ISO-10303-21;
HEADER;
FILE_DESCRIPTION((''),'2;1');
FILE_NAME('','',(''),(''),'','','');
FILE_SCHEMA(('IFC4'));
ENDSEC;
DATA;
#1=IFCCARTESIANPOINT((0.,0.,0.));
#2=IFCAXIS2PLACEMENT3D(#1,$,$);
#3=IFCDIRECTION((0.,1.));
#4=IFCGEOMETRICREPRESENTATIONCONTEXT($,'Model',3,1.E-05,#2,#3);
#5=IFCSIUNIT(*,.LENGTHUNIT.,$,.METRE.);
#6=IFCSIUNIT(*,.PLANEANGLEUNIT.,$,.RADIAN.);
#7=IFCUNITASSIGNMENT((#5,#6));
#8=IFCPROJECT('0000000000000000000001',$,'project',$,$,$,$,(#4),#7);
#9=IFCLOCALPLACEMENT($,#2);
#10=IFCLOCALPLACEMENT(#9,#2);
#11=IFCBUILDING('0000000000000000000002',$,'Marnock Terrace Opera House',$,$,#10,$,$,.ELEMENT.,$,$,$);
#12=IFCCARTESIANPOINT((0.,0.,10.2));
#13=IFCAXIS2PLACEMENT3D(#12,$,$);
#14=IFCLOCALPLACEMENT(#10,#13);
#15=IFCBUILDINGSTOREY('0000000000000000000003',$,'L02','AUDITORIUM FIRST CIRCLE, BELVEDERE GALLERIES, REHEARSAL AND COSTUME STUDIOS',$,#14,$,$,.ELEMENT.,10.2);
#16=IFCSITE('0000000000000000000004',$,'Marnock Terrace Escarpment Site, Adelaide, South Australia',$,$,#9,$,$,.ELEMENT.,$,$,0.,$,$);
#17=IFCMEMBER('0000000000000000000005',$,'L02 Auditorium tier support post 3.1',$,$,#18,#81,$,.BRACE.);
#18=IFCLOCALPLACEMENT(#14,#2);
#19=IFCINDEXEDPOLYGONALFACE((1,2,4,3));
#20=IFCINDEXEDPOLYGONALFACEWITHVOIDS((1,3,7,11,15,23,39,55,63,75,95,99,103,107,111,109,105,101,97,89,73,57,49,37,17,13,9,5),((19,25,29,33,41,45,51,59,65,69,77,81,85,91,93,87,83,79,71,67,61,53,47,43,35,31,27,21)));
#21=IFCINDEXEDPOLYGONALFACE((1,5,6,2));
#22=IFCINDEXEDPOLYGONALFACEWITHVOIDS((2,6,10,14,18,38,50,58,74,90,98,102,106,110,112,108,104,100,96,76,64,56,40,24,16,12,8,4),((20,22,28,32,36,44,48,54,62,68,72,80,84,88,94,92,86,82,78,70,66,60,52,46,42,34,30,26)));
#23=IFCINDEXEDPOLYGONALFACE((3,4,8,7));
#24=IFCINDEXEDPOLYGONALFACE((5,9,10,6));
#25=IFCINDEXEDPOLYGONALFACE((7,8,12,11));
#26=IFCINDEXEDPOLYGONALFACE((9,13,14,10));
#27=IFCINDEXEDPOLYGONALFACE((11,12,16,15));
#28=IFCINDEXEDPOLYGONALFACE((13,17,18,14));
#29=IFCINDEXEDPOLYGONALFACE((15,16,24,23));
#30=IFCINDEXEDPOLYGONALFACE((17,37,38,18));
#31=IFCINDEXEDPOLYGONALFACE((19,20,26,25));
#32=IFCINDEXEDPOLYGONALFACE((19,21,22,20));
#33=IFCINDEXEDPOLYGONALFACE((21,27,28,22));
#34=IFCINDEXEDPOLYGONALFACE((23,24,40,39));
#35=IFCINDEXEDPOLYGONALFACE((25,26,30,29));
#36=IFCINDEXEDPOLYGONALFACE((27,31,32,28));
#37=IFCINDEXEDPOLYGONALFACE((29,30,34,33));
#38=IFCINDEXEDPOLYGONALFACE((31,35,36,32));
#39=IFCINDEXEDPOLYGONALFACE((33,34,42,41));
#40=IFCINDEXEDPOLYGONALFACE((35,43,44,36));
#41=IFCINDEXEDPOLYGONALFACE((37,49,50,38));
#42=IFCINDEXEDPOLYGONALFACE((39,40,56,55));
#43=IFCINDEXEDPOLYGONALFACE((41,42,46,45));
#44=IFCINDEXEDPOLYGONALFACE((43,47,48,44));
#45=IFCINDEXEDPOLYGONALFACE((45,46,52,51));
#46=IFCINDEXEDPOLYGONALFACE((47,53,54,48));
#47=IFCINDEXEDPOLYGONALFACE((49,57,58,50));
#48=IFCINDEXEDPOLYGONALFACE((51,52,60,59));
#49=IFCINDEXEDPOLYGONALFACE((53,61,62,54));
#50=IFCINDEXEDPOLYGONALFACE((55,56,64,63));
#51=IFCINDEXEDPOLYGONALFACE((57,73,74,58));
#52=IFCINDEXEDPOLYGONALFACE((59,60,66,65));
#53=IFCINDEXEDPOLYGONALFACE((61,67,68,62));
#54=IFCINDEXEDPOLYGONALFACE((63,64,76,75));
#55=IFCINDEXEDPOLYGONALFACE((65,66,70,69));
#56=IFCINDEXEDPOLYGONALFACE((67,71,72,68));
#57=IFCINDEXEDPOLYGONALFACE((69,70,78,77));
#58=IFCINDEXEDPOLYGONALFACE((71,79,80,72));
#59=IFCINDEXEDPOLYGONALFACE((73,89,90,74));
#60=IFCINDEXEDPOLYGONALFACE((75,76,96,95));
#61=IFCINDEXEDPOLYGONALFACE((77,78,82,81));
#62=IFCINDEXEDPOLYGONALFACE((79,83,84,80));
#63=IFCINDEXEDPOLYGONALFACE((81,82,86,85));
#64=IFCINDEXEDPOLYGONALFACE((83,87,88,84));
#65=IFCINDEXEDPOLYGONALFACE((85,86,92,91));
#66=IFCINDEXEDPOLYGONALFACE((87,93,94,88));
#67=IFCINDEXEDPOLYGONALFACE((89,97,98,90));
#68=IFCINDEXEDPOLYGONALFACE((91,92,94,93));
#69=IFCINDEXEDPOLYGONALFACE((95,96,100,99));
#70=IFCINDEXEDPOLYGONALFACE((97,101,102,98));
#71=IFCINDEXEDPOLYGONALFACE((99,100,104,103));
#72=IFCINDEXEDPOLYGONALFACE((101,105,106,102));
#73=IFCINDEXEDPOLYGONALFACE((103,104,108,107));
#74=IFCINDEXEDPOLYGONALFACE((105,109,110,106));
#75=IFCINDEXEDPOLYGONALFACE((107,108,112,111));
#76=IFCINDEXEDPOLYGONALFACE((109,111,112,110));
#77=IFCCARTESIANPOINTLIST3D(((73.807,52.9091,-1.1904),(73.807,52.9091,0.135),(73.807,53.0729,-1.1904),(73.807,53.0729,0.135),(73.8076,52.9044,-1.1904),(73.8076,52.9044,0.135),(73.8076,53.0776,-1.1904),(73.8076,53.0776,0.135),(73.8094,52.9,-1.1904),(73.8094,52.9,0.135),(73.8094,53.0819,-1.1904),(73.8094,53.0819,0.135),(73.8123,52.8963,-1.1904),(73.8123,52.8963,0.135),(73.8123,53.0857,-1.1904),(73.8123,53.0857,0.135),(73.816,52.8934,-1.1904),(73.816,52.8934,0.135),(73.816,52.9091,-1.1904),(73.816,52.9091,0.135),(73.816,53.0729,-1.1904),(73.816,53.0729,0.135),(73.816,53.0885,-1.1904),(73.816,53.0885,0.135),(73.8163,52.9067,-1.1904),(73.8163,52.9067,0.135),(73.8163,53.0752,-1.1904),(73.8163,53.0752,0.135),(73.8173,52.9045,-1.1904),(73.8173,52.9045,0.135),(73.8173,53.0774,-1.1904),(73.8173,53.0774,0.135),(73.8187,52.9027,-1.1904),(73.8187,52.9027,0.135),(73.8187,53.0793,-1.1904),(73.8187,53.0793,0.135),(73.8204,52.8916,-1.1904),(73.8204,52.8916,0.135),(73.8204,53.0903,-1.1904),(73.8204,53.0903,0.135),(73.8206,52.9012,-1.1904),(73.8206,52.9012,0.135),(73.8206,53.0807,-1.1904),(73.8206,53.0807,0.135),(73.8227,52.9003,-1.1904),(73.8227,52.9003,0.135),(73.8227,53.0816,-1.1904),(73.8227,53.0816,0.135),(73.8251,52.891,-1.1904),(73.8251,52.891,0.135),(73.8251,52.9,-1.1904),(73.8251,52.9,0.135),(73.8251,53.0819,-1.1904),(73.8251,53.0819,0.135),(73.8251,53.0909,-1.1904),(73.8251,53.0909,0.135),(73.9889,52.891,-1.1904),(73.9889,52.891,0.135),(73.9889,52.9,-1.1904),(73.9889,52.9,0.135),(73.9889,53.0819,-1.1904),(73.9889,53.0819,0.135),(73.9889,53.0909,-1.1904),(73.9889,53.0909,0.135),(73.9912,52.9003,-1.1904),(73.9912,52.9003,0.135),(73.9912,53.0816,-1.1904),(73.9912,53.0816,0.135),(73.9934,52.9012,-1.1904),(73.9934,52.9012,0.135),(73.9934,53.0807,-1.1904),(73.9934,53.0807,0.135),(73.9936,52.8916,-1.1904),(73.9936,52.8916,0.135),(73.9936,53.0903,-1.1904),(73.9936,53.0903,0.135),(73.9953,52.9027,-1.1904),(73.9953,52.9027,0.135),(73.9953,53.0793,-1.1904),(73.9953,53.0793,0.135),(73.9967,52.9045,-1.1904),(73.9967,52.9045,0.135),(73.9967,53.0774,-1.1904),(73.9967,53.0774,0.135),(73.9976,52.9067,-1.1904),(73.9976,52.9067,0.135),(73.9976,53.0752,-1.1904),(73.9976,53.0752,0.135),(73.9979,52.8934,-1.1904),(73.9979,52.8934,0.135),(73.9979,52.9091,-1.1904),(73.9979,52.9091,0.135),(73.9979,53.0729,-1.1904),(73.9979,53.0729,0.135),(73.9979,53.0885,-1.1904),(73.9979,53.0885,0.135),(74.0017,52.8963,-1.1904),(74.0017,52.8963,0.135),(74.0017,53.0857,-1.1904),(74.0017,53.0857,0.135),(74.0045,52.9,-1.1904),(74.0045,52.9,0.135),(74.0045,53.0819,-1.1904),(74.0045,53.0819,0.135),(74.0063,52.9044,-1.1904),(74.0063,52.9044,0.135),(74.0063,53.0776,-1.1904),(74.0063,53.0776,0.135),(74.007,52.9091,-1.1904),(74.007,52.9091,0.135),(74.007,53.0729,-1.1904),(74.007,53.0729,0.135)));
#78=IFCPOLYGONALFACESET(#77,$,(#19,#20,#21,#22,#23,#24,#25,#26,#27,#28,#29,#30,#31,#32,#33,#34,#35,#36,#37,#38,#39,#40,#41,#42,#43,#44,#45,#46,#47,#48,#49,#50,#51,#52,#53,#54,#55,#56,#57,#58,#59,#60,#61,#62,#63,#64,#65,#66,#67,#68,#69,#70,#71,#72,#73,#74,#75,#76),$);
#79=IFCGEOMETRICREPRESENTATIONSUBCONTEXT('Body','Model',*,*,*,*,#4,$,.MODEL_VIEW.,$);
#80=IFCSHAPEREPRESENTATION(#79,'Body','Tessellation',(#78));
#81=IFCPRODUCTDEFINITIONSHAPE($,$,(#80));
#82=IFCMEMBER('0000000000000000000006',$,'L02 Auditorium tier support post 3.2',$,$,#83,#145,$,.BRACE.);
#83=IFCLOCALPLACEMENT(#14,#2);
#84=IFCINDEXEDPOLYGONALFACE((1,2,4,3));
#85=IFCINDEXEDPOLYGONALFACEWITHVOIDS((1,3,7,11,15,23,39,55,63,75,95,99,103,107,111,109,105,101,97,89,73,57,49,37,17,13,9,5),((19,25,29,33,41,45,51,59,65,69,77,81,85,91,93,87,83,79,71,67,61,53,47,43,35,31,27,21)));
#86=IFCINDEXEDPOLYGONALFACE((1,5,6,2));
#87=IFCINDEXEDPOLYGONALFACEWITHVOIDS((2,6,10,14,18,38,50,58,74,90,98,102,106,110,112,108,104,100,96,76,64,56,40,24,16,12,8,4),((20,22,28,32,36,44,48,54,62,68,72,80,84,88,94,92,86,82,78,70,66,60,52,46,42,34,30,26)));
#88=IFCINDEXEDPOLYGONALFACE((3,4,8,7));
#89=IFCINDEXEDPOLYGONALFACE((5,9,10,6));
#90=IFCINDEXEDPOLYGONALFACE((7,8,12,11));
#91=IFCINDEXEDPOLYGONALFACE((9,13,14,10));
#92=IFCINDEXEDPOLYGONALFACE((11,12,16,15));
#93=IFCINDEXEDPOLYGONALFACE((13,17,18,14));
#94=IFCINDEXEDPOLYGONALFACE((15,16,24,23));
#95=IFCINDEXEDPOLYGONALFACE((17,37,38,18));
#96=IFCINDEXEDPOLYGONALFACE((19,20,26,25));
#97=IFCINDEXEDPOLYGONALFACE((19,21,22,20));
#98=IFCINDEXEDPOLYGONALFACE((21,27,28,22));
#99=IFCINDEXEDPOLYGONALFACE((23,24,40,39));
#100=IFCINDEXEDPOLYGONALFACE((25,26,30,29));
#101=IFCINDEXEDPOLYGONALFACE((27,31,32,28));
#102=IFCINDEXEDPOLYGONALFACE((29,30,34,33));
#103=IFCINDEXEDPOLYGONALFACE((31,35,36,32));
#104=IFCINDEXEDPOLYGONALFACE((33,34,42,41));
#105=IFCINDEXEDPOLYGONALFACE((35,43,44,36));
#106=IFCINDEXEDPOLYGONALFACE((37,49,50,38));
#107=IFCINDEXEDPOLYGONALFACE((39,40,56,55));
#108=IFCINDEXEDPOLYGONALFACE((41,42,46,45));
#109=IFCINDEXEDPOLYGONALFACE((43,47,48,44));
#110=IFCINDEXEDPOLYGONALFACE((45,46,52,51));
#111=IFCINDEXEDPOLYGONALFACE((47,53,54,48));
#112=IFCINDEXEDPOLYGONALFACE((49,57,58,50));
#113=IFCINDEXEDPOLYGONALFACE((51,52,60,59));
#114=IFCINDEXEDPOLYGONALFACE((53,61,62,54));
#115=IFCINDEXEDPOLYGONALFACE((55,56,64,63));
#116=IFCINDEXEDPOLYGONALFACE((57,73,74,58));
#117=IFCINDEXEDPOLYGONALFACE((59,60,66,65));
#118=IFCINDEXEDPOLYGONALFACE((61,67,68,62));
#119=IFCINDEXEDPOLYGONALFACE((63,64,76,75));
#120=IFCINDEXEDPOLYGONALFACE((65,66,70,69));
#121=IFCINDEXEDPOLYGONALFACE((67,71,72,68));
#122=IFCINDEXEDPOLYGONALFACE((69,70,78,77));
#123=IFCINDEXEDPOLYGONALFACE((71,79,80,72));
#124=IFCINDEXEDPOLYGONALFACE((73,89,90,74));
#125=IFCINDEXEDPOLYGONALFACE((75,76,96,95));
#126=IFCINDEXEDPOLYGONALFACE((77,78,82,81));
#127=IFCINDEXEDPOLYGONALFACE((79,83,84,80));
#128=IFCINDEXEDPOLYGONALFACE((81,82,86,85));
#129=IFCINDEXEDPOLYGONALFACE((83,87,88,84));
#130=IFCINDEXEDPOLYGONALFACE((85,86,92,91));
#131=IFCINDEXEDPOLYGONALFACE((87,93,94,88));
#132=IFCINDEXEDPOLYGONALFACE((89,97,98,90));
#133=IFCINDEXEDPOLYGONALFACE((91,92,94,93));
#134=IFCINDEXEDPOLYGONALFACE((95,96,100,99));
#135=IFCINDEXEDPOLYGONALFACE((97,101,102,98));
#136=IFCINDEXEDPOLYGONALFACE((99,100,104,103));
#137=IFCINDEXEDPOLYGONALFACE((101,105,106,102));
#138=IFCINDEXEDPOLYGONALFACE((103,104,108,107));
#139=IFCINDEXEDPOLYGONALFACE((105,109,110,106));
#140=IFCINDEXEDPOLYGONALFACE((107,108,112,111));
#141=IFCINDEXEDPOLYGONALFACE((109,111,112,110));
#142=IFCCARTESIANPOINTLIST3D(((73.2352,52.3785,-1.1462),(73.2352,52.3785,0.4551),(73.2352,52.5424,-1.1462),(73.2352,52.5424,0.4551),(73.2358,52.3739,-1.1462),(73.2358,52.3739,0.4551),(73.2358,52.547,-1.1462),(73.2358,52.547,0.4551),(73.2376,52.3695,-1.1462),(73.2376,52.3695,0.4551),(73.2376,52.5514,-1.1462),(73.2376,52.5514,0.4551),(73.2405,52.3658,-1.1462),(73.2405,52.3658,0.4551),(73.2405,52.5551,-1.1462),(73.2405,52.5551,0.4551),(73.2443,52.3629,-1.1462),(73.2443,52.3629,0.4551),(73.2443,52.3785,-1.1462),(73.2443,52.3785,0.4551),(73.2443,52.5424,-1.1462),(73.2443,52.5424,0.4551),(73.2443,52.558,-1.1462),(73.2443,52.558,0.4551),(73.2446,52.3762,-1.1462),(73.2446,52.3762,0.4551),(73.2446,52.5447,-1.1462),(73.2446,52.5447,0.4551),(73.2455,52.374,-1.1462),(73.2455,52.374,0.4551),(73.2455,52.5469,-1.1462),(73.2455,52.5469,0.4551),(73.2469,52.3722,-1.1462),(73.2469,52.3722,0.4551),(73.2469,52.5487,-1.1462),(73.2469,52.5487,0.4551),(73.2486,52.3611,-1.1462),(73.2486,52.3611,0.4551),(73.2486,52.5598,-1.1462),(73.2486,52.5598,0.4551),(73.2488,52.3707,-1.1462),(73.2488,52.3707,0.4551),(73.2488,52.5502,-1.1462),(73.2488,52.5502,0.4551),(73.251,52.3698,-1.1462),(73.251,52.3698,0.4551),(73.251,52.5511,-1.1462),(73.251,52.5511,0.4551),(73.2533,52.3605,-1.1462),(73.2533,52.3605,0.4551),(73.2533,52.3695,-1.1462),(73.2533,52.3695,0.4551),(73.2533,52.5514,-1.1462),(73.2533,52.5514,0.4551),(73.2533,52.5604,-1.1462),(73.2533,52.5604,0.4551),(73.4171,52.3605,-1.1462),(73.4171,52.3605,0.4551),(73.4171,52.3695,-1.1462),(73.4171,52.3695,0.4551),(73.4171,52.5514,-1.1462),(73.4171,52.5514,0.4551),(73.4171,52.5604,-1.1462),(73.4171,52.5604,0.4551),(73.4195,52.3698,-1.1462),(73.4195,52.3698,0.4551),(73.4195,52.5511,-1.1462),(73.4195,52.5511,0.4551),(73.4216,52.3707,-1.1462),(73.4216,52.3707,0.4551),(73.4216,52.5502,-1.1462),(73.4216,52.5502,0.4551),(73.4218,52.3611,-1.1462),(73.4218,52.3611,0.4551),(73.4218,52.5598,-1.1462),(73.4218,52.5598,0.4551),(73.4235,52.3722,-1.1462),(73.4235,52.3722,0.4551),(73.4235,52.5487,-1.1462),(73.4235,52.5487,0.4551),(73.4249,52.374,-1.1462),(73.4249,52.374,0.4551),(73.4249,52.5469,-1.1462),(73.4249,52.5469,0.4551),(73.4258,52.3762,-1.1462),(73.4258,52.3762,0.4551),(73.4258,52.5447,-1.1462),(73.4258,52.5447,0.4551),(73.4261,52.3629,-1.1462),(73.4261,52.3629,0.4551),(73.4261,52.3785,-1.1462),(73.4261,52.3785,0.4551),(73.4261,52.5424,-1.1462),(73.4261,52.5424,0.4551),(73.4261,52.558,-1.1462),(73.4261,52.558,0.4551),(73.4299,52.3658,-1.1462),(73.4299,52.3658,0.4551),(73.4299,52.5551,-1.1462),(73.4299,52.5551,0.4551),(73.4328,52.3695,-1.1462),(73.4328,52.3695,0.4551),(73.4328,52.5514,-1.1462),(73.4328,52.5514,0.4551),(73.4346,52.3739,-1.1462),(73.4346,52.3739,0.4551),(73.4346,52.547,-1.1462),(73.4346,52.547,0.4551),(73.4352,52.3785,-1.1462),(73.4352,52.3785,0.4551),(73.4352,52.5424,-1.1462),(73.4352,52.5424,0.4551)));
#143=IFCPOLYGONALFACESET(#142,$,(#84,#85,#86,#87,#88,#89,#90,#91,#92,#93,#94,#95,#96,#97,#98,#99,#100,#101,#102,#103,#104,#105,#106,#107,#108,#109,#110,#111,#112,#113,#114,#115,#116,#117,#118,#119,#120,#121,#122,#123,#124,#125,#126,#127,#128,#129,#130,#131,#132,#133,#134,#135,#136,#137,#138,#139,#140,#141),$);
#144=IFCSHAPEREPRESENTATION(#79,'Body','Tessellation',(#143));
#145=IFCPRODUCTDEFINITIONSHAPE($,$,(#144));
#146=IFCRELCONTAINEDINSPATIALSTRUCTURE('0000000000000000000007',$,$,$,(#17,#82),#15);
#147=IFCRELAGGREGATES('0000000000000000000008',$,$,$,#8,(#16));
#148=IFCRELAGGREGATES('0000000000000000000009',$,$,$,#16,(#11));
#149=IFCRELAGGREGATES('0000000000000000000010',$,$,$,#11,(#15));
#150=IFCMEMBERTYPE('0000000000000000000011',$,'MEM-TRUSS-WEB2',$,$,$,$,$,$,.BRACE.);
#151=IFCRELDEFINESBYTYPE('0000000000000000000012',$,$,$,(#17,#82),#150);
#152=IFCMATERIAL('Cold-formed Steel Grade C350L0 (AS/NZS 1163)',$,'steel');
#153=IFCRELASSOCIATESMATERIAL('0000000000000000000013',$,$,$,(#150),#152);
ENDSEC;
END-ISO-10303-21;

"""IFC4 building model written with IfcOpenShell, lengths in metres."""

from ifc_helpers import new_model, si_unit, direction, frame, origin, origin_2d, place, context, subcontext, project, spatial, hollow_rectangle, extrude, material, material_profile, profile_set, type_object, element, save


model = new_model("IFC4")

# Units and contexts
model_context = context("Model", 3, precision=1e-05, world=origin(), true_north=direction((0.0, 1.0)))
body_context = subcontext(model_context, "Body", "Model", "MODEL_VIEW")
ifc_project = project(units=[si_unit("LENGTHUNIT", "METRE"), si_unit("PLANEANGLEUNIT", "RADIAN")], contexts=[model_context])

# Site, building, storey
site_placement = place(None, origin())
site = spatial("IfcSite", under=ifc_project, at=site_placement, Name="Marnock Terrace Escarpment Site, Adelaide, South Australia", CompositionType="ELEMENT", RefElevation=0.0)
building_placement = place(site_placement, origin())
building = spatial("IfcBuilding", under=site, at=building_placement, Name="Marnock Terrace Opera House", CompositionType="ELEMENT")
storey_placement = place(building_placement, frame((0.0, 0.0, 10.2)))
storey = spatial("IfcBuildingStorey", under=building, at=storey_placement, Name="L02", Description="AUDITORIUM FIRST CIRCLE, BELVEDERE GALLERIES, REHEARSAL AND COSTUME STUDIOS", CompositionType="ELEMENT", Elevation=10.2)

# Members
ifc_material_1 = material(Name="Cold-formed Steel Grade C350L0 (AS/NZS 1163)", Category="steel")
ifc_material_profile_1 = material_profile(ifc_material_1, hollow_rectangle(XDim=0.2, YDim=0.2, WallThickness=0.009, InnerFilletRadius=0.009, OuterFilletRadius=0.0181, at=origin_2d()))
ifc_profile_set_1 = profile_set([ifc_material_profile_1], Name="Cold-formed Steel Grade C350L0 (AS/NZS 1163)")
member_type = type_object("IfcMemberType", Name="MEM-TRUSS-WEB2", PredefinedType="BRACE", material=ifc_profile_set_1)
member_1_placement = place(storey_placement, frame((73.907, 52.991, -1.1904), z_axis=(0.0, 0.0, 1.0), x_axis=(1.0, 0.0, 0.0)))
element("IfcMember", 1, at=member_1_placement, inside=storey, type_object=member_type, Name="L02 Auditorium tier support post 3.1", PredefinedType="BRACE", context=body_context, shape_type="SweptSolid", body=[
    extrude(hollow_rectangle(XDim=0.2, YDim=0.2, WallThickness=0.009, InnerFilletRadius=0.009, OuterFilletRadius=0.0181, at=origin_2d()), origin(), (0.0, 0.0, 1.0), 1.3254),
])
member_2_placement = place(storey_placement, frame((73.3352, 52.4604, -1.1462), z_axis=(0.0, 0.0, 1.0), x_axis=(1.0, 0.0, 0.0)))
element("IfcMember", 2, at=member_2_placement, inside=storey, type_object=member_type, Name="L02 Auditorium tier support post 3.2", PredefinedType="BRACE", context=body_context, shape_type="SweptSolid", body=[
    extrude(hollow_rectangle(XDim=0.2, YDim=0.2, WallThickness=0.009, InnerFilletRadius=0.009, OuterFilletRadius=0.0181, at=origin_2d()), origin(), (0.0, 0.0, 1.0), 1.6013),
])

save(model, "model.ifc")
